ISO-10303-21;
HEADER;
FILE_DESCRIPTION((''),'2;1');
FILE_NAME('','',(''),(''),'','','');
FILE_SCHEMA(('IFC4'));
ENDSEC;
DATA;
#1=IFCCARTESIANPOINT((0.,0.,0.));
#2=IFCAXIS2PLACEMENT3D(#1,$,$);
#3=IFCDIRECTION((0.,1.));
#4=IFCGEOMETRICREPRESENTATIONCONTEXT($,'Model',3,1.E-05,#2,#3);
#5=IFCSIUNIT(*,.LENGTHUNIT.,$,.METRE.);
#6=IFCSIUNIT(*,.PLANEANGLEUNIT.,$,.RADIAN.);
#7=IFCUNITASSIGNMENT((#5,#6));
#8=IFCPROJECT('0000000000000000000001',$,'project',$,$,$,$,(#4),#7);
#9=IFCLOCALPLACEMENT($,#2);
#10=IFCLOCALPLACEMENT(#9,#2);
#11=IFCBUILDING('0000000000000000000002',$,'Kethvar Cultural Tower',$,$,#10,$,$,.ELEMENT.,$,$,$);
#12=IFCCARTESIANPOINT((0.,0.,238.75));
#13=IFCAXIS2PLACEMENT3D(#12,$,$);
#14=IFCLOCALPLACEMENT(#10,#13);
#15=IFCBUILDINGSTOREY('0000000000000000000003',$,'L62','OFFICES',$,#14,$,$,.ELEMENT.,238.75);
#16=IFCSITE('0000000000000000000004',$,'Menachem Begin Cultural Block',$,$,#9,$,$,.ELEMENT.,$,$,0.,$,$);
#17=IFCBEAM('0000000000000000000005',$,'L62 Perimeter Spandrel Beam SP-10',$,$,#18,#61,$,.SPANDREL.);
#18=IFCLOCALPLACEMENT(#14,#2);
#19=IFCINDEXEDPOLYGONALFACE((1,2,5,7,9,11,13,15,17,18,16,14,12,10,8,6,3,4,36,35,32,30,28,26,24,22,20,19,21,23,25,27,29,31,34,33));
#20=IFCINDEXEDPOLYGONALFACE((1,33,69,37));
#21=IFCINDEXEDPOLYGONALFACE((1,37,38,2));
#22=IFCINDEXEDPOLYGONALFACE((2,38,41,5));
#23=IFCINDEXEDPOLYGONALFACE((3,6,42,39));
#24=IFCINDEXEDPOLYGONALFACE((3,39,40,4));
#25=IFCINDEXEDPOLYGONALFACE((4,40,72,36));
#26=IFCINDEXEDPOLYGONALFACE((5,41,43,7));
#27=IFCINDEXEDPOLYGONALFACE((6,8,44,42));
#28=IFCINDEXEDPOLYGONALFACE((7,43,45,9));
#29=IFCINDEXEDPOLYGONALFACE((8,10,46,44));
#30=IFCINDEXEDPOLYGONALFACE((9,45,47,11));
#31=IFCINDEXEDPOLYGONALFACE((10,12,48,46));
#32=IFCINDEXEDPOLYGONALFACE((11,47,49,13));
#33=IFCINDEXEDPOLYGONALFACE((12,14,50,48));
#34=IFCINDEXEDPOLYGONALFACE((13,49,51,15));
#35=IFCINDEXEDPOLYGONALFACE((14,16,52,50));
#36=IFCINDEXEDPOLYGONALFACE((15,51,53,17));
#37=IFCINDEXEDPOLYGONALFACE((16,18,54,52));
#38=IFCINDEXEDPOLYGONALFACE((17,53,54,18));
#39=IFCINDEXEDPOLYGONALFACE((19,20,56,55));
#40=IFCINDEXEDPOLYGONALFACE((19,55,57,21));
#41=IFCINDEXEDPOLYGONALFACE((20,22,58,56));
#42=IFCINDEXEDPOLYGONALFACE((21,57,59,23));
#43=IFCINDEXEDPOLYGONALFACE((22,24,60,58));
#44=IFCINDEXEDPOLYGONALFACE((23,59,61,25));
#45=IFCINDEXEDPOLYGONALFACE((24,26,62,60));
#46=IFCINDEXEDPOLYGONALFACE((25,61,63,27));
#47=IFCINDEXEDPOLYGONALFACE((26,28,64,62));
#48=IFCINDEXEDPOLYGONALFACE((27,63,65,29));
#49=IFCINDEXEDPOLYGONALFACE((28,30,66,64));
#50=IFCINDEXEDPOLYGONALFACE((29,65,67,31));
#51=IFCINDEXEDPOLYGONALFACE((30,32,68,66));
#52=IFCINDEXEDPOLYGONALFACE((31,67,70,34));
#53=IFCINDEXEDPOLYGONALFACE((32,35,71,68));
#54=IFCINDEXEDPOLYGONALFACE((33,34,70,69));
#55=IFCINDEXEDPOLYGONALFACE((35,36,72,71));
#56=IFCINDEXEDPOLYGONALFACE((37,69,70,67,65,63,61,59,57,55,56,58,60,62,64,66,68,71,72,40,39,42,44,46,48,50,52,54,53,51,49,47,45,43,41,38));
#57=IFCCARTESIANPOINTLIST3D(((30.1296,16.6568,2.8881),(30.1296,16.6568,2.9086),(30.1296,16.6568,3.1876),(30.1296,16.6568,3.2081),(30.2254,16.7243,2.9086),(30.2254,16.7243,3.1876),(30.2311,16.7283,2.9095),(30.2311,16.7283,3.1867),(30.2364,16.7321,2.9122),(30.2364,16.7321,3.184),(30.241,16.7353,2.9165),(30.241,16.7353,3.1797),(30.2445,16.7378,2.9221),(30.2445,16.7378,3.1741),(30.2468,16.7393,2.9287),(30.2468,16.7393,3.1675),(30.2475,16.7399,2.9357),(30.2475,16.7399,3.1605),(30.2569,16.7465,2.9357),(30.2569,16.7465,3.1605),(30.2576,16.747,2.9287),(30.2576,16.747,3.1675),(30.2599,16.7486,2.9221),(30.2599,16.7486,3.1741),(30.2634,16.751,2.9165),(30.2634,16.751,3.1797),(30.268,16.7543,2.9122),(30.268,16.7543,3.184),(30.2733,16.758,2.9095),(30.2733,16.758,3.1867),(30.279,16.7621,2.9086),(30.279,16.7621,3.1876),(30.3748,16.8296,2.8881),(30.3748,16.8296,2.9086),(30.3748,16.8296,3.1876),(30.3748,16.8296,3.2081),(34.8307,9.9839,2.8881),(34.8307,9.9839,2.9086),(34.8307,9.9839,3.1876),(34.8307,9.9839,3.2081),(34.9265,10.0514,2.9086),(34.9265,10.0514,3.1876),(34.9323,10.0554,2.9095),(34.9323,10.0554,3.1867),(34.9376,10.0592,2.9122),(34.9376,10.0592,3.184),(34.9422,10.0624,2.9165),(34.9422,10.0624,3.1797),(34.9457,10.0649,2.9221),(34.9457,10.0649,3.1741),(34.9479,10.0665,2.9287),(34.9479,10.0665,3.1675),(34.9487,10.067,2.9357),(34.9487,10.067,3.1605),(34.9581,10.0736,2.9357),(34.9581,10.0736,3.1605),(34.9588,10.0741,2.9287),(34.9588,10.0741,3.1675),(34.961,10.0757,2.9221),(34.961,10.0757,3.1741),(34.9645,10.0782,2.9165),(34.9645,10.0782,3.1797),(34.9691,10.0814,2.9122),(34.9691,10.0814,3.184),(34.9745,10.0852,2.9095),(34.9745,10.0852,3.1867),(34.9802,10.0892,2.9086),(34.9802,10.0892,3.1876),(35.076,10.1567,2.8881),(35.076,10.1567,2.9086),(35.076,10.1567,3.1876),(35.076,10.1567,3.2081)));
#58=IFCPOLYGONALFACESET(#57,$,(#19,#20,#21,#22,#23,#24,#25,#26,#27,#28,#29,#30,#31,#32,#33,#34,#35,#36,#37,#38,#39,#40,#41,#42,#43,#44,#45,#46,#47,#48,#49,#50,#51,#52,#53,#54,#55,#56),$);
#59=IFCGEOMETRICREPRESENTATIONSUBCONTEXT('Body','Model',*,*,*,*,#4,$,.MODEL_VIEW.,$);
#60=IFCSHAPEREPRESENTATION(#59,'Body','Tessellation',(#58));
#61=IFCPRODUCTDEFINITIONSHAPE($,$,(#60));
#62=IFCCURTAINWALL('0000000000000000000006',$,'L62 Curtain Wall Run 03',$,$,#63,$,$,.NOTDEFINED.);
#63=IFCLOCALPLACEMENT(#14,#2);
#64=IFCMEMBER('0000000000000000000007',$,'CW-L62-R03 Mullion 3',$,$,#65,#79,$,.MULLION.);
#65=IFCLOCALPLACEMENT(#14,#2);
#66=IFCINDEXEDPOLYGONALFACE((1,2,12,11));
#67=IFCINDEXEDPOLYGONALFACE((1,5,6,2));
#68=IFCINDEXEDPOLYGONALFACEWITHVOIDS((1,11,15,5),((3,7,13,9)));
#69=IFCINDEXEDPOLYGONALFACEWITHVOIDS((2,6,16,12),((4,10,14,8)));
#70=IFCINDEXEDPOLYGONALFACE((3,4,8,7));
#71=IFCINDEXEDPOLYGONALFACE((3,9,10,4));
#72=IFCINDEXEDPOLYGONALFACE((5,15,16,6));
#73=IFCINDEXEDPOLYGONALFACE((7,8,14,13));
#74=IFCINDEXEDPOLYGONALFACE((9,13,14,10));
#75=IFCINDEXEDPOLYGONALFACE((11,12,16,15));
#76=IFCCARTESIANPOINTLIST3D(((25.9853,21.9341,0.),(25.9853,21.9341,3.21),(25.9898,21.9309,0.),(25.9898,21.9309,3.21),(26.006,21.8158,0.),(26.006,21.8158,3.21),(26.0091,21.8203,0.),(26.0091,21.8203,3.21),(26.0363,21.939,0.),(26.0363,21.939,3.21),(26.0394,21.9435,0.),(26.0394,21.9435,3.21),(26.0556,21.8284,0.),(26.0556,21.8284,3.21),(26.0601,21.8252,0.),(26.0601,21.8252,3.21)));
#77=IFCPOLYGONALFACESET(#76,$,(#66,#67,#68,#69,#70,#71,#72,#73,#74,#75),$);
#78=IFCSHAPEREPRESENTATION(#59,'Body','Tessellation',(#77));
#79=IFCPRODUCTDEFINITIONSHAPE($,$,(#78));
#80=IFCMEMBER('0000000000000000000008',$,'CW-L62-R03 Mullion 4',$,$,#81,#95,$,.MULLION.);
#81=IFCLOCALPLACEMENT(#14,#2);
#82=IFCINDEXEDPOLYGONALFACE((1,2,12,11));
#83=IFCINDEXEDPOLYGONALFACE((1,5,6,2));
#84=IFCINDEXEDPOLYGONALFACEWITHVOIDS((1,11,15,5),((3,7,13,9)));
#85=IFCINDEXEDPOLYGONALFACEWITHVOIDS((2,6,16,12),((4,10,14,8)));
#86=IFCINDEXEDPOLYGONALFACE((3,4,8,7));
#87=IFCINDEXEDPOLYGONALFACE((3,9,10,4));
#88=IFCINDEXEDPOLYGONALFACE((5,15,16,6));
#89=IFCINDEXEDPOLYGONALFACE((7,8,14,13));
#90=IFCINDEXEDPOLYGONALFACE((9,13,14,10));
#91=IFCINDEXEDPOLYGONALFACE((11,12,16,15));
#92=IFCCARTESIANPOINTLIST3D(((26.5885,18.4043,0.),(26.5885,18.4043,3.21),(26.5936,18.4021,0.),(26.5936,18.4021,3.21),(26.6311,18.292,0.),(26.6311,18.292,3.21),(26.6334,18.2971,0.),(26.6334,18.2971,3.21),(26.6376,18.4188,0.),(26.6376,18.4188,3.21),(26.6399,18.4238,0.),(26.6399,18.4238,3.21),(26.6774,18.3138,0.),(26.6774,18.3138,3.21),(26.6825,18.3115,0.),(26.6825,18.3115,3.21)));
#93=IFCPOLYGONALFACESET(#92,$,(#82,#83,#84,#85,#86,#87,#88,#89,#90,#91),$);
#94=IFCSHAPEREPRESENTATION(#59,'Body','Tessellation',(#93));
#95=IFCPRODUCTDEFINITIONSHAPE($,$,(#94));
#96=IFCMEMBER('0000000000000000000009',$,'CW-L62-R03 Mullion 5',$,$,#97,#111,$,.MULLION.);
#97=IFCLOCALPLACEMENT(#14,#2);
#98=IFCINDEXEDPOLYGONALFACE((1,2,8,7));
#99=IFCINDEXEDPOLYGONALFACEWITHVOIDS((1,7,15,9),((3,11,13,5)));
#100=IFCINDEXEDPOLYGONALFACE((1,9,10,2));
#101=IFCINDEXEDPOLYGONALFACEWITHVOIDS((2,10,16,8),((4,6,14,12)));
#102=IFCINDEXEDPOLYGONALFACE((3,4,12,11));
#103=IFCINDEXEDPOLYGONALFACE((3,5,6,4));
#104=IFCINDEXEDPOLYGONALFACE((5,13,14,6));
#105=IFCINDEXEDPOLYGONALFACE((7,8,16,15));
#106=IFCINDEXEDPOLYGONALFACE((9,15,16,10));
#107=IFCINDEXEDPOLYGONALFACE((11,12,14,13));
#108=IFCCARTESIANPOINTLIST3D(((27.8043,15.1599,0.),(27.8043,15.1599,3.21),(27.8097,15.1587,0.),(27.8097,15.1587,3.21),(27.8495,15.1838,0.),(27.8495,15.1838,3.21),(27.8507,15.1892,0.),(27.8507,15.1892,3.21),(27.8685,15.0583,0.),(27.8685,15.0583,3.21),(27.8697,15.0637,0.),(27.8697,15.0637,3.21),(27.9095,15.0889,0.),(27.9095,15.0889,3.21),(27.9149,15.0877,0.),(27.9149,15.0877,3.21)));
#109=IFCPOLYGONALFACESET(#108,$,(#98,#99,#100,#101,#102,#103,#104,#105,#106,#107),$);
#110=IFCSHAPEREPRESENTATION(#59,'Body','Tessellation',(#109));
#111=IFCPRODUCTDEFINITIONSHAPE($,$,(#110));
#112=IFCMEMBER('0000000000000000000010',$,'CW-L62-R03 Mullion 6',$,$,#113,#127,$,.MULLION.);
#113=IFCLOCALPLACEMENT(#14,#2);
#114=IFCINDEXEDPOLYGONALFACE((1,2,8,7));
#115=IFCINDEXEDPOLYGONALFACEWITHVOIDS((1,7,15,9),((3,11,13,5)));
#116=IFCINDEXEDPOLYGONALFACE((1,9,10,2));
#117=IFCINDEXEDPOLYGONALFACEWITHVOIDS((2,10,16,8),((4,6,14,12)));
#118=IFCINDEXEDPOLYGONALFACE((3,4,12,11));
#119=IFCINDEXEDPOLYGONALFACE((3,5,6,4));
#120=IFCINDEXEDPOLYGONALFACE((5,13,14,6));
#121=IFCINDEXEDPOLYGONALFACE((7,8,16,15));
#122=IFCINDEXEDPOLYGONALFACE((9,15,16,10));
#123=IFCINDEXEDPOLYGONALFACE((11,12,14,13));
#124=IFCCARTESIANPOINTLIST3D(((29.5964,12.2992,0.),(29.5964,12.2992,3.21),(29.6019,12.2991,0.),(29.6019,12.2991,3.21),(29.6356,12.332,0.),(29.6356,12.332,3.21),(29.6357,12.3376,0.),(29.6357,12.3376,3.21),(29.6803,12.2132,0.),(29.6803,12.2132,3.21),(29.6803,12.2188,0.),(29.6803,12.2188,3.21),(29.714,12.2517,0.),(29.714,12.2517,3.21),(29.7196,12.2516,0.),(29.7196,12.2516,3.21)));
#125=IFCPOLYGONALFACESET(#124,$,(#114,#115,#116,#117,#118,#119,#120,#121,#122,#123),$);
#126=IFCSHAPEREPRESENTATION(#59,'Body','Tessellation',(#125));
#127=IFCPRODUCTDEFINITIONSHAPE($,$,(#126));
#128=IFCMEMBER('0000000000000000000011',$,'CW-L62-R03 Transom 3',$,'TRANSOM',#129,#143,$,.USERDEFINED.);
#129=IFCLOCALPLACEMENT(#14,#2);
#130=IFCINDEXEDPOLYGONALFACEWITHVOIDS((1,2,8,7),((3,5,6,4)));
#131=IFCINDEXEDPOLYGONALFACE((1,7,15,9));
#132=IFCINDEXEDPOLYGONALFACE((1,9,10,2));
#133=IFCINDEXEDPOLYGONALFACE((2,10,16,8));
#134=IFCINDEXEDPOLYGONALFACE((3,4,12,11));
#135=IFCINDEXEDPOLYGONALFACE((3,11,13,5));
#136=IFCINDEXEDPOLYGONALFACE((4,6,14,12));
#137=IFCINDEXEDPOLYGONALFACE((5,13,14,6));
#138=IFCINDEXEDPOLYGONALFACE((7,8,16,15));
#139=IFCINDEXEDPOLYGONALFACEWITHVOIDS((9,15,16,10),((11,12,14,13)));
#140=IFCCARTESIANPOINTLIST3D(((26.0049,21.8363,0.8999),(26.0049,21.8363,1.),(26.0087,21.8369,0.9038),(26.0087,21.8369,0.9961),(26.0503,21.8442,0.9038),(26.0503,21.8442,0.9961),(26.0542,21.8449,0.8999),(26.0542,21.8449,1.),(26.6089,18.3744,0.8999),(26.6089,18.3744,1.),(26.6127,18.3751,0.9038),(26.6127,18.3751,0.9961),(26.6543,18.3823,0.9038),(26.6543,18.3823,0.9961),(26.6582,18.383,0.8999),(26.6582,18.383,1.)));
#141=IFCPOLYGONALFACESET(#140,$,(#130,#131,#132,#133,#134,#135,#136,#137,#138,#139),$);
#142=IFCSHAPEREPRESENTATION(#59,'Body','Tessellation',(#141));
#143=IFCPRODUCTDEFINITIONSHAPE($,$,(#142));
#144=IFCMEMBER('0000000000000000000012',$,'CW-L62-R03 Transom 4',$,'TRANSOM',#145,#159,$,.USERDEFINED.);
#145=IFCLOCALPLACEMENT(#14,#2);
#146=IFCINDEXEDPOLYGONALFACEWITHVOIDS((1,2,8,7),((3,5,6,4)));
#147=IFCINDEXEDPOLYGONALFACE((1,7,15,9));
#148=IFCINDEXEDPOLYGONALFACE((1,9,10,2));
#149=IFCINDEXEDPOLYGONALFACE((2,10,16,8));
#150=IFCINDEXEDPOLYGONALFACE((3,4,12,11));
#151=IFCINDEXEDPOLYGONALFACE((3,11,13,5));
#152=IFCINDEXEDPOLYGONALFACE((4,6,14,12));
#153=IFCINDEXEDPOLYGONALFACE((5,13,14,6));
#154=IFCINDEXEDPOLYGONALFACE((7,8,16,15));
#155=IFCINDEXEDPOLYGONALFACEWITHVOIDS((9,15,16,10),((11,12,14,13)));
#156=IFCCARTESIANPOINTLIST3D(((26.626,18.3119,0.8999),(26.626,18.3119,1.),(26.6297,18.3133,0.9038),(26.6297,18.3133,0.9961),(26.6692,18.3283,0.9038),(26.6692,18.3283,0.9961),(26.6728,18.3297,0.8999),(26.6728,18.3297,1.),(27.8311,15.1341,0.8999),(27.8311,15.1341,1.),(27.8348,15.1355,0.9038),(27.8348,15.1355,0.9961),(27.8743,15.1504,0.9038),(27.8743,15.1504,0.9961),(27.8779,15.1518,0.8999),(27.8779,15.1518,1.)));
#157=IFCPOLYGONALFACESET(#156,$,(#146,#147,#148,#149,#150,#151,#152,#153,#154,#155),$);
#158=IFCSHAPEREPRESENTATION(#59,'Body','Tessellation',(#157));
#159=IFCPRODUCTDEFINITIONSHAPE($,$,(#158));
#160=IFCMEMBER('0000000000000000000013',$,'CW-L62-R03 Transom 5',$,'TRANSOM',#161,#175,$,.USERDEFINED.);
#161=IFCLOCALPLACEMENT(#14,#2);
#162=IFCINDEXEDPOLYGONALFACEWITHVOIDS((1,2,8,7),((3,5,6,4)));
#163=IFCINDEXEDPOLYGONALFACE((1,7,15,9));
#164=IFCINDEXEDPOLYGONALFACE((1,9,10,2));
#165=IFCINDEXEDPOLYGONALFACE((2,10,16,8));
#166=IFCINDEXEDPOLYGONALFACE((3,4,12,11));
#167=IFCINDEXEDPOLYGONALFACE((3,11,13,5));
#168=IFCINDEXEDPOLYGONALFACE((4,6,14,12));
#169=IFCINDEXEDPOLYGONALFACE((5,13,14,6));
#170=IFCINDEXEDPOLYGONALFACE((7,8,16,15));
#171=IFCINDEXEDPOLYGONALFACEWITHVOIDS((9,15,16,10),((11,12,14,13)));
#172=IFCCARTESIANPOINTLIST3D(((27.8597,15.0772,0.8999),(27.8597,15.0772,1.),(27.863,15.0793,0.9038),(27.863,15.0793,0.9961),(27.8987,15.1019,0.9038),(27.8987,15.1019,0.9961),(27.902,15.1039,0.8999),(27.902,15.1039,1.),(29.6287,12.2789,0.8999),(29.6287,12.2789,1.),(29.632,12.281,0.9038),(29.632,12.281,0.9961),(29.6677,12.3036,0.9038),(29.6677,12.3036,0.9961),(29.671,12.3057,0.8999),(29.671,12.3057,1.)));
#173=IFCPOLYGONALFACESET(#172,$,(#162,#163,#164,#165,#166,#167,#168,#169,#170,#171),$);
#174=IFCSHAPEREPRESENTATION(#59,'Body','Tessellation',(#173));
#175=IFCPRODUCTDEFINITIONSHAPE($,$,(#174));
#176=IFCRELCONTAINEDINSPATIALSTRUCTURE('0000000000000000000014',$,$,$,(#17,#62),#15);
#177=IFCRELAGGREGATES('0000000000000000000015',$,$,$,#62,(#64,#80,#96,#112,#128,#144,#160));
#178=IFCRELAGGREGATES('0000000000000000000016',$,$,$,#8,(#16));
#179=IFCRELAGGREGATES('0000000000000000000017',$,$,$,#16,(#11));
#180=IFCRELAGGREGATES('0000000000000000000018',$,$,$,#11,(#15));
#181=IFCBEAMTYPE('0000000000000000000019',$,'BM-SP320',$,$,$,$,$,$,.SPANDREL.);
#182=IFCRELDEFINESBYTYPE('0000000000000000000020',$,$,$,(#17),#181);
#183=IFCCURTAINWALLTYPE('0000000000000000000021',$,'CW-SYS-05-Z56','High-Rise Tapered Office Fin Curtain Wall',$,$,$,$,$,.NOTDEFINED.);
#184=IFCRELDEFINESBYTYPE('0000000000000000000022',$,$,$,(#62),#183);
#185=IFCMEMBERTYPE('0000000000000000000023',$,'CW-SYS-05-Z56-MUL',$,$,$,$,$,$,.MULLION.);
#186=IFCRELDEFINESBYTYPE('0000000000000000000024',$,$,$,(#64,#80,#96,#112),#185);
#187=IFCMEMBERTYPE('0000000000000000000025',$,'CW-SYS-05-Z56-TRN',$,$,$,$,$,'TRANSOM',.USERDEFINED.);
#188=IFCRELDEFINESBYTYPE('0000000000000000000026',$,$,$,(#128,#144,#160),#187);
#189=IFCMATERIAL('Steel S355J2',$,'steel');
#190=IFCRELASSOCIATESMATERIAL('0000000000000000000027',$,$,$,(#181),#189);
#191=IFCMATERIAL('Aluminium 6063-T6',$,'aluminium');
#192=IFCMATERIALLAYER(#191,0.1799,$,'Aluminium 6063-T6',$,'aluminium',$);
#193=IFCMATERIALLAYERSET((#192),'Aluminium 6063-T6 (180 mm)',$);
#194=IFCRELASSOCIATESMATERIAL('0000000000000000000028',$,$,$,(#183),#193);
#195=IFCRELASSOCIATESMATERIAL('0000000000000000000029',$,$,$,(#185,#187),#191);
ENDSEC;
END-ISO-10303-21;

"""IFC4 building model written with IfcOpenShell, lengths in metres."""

from ifc_helpers import new_model, si_unit, direction, frame, origin, origin_2d, place, context, subcontext, project, spatial, hollow_rectangle, i_section, extrude, source, transform, mapped, material, layer, layer_set, material_profile, profile_set, type_object, element, aggregate, save


model = new_model("IFC4")

# Units and contexts
model_context = context("Model", 3, precision=1e-05, world=origin(), true_north=direction((0.0, 1.0)))
body_context = subcontext(model_context, "Body", "Model", "MODEL_VIEW")
ifc_project = project(units=[si_unit("LENGTHUNIT", "METRE"), si_unit("PLANEANGLEUNIT", "RADIAN")], contexts=[model_context])

# Site, building, storey
site_placement = place(None, origin())
site = spatial("IfcSite", under=ifc_project, at=site_placement, Name="Menachem Begin Cultural Block", CompositionType="ELEMENT", RefElevation=0.0)
building_placement = place(site_placement, origin())
building = spatial("IfcBuilding", under=site, at=building_placement, Name="Kethvar Cultural Tower", CompositionType="ELEMENT")
storey_placement = place(building_placement, frame((0.0, 0.0, 238.75)))
storey = spatial("IfcBuildingStorey", under=building, at=storey_placement, Name="L62", Description="OFFICES", CompositionType="ELEMENT", Elevation=238.75)

# Beam
ifc_material_1 = material(Name="Steel S355J2", Category="steel")
ifc_material_profile_1 = material_profile(ifc_material_1, i_section(OverallWidth=0.3, OverallDepth=0.3201, WebThickness=0.0115, FlangeThickness=0.0205, FilletRadius=0.0271, at=origin_2d()), Name="Steel S355J2 — HEB320")
ifc_profile_set_1 = profile_set([ifc_material_profile_1], Name="Steel S355J2 — HEB320")
beam_type = type_object("IfcBeamType", Name="BM-SP320", PredefinedType="SPANDREL", material=ifc_profile_set_1)
shared_shape_1 = source(origin(), body_context, "Body", "SweptSolid", [
    extrude(i_section(OverallWidth=0.3, OverallDepth=0.3201, WebThickness=0.0115, FlangeThickness=0.0205, FilletRadius=0.0271, at=origin_2d()), origin(), (0.0, 0.0, 1.0), 8.1626),
])
beam_placement = place(storey_placement, frame((30.2522, 16.7432, 3.0481), z_axis=(0.575941, -0.817491, 0.0), x_axis=(0.817491, 0.575941, 0.0)))
element("IfcBeam", 1, at=beam_placement, inside=storey, type_object=beam_type, Name="L62 Perimeter Spandrel Beam SP-10", PredefinedType="SPANDREL", context=body_context, shape_type="MappedRepresentation", body=[
    mapped(shared_shape_1, transform((0.0, 0.0, 0.0), scale=1.0)),
])

# Curtain wall, members
ifc_material_2 = material(Name="Aluminium 6063-T6", Category="aluminium")
ifc_layer_1 = layer(ifc_material_2, 0.1799, Name="Aluminium 6063-T6", Category="aluminium")
ifc_layer_set_1 = layer_set([ifc_layer_1], Name="Aluminium 6063-T6 (180 mm)")
curtain_wall_type = type_object("IfcCurtainWallType", Name="CW-SYS-05-Z56", Description="High-Rise Tapered Office Fin Curtain Wall", PredefinedType="NOTDEFINED", material=ifc_layer_set_1)
curtain_wall_placement = place(storey_placement, origin())
curtain_wall = element("IfcCurtainWall", 2, at=curtain_wall_placement, inside=storey, type_object=curtain_wall_type, Name="L62 Curtain Wall Run 03", PredefinedType="NOTDEFINED")
ifc_material_profile_2 = material_profile(ifc_material_2, hollow_rectangle(XDim=0.0549, YDim=0.1201, WallThickness=0.0039, at=origin_2d()), Name="Aluminium 6063-T6 — RHS120x55x4")
ifc_profile_set_2 = profile_set([ifc_material_profile_2], Name="Aluminium 6063-T6 — RHS120x55x4")
member_type_1 = type_object("IfcMemberType", Name="CW-SYS-05-Z56-MUL", PredefinedType="MULLION", material=ifc_profile_set_2)
shared_shape_2 = source(origin(), body_context, "Body", "SweptSolid", [
    extrude(hollow_rectangle(XDim=0.0549, YDim=0.1201, WallThickness=0.0039, at=origin_2d()), origin(), (0.0, 0.0, 1.0), 3.21),
])
member_1_placement = place(storey_placement, frame((26.0227, 21.8796, 0.0), z_axis=(0.0, 0.0, 1.0), x_axis=(0.985115, 0.171895, 0.0)))
member_1 = element("IfcMember", 3, at=member_1_placement, type_object=member_type_1, Name="CW-L62-R03 Mullion 3", PredefinedType="MULLION", context=body_context, shape_type="MappedRepresentation", body=[
    mapped(shared_shape_2, transform((0.0, 0.0, 0.0), scale=1.0)),
])
member_2_placement = place(storey_placement, frame((26.6355, 18.3579, 0.0), z_axis=(0.0, 0.0, 1.0), x_axis=(0.93503, 0.354568, 0.0)))
member_2 = element("IfcMember", 4, at=member_2_placement, type_object=member_type_1, Name="CW-L62-R03 Mullion 4", PredefinedType="MULLION", context=body_context, shape_type="MappedRepresentation", body=[
    mapped(shared_shape_2, transform((0.0, 0.0, 0.0), scale=1.0)),
])
member_3_placement = place(storey_placement, frame((27.8596, 15.1238, 0.0), z_axis=(0.0, 0.0, 1.0), x_axis=(0.845253, 0.534367, 0.0)))
member_3 = element("IfcMember", 5, at=member_3_placement, type_object=member_type_1, Name="CW-L62-R03 Mullion 5", PredefinedType="MULLION", context=body_context, shape_type="MappedRepresentation", body=[
    mapped(shared_shape_2, transform((0.0, 0.0, 0.0), scale=1.0)),
])
member_4_placement = place(storey_placement, frame((29.658, 12.2754, 0.0), z_axis=(0.0, 0.0, 1.0), x_axis=(0.715595, 0.698515, 0.0)))
member_4 = element("IfcMember", 6, at=member_4_placement, type_object=member_type_1, Name="CW-L62-R03 Mullion 6", PredefinedType="MULLION", context=body_context, shape_type="MappedRepresentation", body=[
    mapped(shared_shape_2, transform((0.0, 0.0, 0.0), scale=1.0)),
])
ifc_material_profile_3 = material_profile(ifc_material_2, hollow_rectangle(XDim=0.05, YDim=0.1001, WallThickness=0.0039, at=origin_2d()), Name="Aluminium 6063-T6 — RHS100x50x4")
ifc_profile_set_3 = profile_set([ifc_material_profile_3], Name="Aluminium 6063-T6 — RHS100x50x4")
member_type_2 = type_object("IfcMemberType", Name="CW-SYS-05-Z56-TRN", ElementType="TRANSOM", PredefinedType="USERDEFINED", material=ifc_profile_set_3)
shared_shape_3 = source(origin(), body_context, "Body", "SweptSolid", [
    extrude(hollow_rectangle(XDim=0.05, YDim=0.1001, WallThickness=0.0039, at=origin_2d()), origin(), (0.0, 0.0, 1.0), 3.5142),
])
member_5_placement = place(storey_placement, frame((26.0295, 21.8406, 0.95), z_axis=(0.171875, -0.985119, 0.0), x_axis=(0.985119, 0.171875, 0.0)))
member_5 = element("IfcMember", 7, at=member_5_placement, type_object=member_type_2, Name="CW-L62-R03 Transom 3", ObjectType="TRANSOM", PredefinedType="USERDEFINED", context=body_context, shape_type="MappedRepresentation", body=[
    mapped(shared_shape_3, transform((0.0, 0.0, 0.0), scale=1.0)),
])
shared_shape_4 = source(origin(), body_context, "Body", "SweptSolid", [
    extrude(hollow_rectangle(XDim=0.05, YDim=0.1001, WallThickness=0.0039, at=origin_2d()), origin(), (0.0, 0.0, 1.0), 3.3987),
])
member_6_placement = place(storey_placement, frame((26.6494, 18.3208, 0.95), z_axis=(0.354585, -0.935024, 0.0), x_axis=(0.935024, 0.354585, 0.0)))
member_6 = element("IfcMember", 8, at=member_6_placement, type_object=member_type_2, Name="CW-L62-R03 Transom 4", ObjectType="TRANSOM", PredefinedType="USERDEFINED", context=body_context, shape_type="MappedRepresentation", body=[
    mapped(shared_shape_4, transform((0.0, 0.0, 0.0), scale=1.0)),
])
shared_shape_5 = source(origin(), body_context, "Body", "SweptSolid", [
    extrude(hollow_rectangle(XDim=0.05, YDim=0.1001, WallThickness=0.0039, at=origin_2d()), origin(), (0.0, 0.0, 1.0), 3.3105),
])
member_7_placement = place(storey_placement, frame((27.8809, 15.0906, 0.95), z_axis=(0.534354, -0.845261, 0.0), x_axis=(0.845261, 0.534354, 0.0)))
member_7 = element("IfcMember", 9, at=member_7_placement, type_object=member_type_2, Name="CW-L62-R03 Transom 5", ObjectType="TRANSOM", PredefinedType="USERDEFINED", context=body_context, shape_type="MappedRepresentation", body=[
    mapped(shared_shape_5, transform((0.0, 0.0, 0.0), scale=1.0)),
])
aggregate(curtain_wall, [member_1, member_2, member_3, member_4, member_5, member_6, member_7])

save(model, "model.ifc")
